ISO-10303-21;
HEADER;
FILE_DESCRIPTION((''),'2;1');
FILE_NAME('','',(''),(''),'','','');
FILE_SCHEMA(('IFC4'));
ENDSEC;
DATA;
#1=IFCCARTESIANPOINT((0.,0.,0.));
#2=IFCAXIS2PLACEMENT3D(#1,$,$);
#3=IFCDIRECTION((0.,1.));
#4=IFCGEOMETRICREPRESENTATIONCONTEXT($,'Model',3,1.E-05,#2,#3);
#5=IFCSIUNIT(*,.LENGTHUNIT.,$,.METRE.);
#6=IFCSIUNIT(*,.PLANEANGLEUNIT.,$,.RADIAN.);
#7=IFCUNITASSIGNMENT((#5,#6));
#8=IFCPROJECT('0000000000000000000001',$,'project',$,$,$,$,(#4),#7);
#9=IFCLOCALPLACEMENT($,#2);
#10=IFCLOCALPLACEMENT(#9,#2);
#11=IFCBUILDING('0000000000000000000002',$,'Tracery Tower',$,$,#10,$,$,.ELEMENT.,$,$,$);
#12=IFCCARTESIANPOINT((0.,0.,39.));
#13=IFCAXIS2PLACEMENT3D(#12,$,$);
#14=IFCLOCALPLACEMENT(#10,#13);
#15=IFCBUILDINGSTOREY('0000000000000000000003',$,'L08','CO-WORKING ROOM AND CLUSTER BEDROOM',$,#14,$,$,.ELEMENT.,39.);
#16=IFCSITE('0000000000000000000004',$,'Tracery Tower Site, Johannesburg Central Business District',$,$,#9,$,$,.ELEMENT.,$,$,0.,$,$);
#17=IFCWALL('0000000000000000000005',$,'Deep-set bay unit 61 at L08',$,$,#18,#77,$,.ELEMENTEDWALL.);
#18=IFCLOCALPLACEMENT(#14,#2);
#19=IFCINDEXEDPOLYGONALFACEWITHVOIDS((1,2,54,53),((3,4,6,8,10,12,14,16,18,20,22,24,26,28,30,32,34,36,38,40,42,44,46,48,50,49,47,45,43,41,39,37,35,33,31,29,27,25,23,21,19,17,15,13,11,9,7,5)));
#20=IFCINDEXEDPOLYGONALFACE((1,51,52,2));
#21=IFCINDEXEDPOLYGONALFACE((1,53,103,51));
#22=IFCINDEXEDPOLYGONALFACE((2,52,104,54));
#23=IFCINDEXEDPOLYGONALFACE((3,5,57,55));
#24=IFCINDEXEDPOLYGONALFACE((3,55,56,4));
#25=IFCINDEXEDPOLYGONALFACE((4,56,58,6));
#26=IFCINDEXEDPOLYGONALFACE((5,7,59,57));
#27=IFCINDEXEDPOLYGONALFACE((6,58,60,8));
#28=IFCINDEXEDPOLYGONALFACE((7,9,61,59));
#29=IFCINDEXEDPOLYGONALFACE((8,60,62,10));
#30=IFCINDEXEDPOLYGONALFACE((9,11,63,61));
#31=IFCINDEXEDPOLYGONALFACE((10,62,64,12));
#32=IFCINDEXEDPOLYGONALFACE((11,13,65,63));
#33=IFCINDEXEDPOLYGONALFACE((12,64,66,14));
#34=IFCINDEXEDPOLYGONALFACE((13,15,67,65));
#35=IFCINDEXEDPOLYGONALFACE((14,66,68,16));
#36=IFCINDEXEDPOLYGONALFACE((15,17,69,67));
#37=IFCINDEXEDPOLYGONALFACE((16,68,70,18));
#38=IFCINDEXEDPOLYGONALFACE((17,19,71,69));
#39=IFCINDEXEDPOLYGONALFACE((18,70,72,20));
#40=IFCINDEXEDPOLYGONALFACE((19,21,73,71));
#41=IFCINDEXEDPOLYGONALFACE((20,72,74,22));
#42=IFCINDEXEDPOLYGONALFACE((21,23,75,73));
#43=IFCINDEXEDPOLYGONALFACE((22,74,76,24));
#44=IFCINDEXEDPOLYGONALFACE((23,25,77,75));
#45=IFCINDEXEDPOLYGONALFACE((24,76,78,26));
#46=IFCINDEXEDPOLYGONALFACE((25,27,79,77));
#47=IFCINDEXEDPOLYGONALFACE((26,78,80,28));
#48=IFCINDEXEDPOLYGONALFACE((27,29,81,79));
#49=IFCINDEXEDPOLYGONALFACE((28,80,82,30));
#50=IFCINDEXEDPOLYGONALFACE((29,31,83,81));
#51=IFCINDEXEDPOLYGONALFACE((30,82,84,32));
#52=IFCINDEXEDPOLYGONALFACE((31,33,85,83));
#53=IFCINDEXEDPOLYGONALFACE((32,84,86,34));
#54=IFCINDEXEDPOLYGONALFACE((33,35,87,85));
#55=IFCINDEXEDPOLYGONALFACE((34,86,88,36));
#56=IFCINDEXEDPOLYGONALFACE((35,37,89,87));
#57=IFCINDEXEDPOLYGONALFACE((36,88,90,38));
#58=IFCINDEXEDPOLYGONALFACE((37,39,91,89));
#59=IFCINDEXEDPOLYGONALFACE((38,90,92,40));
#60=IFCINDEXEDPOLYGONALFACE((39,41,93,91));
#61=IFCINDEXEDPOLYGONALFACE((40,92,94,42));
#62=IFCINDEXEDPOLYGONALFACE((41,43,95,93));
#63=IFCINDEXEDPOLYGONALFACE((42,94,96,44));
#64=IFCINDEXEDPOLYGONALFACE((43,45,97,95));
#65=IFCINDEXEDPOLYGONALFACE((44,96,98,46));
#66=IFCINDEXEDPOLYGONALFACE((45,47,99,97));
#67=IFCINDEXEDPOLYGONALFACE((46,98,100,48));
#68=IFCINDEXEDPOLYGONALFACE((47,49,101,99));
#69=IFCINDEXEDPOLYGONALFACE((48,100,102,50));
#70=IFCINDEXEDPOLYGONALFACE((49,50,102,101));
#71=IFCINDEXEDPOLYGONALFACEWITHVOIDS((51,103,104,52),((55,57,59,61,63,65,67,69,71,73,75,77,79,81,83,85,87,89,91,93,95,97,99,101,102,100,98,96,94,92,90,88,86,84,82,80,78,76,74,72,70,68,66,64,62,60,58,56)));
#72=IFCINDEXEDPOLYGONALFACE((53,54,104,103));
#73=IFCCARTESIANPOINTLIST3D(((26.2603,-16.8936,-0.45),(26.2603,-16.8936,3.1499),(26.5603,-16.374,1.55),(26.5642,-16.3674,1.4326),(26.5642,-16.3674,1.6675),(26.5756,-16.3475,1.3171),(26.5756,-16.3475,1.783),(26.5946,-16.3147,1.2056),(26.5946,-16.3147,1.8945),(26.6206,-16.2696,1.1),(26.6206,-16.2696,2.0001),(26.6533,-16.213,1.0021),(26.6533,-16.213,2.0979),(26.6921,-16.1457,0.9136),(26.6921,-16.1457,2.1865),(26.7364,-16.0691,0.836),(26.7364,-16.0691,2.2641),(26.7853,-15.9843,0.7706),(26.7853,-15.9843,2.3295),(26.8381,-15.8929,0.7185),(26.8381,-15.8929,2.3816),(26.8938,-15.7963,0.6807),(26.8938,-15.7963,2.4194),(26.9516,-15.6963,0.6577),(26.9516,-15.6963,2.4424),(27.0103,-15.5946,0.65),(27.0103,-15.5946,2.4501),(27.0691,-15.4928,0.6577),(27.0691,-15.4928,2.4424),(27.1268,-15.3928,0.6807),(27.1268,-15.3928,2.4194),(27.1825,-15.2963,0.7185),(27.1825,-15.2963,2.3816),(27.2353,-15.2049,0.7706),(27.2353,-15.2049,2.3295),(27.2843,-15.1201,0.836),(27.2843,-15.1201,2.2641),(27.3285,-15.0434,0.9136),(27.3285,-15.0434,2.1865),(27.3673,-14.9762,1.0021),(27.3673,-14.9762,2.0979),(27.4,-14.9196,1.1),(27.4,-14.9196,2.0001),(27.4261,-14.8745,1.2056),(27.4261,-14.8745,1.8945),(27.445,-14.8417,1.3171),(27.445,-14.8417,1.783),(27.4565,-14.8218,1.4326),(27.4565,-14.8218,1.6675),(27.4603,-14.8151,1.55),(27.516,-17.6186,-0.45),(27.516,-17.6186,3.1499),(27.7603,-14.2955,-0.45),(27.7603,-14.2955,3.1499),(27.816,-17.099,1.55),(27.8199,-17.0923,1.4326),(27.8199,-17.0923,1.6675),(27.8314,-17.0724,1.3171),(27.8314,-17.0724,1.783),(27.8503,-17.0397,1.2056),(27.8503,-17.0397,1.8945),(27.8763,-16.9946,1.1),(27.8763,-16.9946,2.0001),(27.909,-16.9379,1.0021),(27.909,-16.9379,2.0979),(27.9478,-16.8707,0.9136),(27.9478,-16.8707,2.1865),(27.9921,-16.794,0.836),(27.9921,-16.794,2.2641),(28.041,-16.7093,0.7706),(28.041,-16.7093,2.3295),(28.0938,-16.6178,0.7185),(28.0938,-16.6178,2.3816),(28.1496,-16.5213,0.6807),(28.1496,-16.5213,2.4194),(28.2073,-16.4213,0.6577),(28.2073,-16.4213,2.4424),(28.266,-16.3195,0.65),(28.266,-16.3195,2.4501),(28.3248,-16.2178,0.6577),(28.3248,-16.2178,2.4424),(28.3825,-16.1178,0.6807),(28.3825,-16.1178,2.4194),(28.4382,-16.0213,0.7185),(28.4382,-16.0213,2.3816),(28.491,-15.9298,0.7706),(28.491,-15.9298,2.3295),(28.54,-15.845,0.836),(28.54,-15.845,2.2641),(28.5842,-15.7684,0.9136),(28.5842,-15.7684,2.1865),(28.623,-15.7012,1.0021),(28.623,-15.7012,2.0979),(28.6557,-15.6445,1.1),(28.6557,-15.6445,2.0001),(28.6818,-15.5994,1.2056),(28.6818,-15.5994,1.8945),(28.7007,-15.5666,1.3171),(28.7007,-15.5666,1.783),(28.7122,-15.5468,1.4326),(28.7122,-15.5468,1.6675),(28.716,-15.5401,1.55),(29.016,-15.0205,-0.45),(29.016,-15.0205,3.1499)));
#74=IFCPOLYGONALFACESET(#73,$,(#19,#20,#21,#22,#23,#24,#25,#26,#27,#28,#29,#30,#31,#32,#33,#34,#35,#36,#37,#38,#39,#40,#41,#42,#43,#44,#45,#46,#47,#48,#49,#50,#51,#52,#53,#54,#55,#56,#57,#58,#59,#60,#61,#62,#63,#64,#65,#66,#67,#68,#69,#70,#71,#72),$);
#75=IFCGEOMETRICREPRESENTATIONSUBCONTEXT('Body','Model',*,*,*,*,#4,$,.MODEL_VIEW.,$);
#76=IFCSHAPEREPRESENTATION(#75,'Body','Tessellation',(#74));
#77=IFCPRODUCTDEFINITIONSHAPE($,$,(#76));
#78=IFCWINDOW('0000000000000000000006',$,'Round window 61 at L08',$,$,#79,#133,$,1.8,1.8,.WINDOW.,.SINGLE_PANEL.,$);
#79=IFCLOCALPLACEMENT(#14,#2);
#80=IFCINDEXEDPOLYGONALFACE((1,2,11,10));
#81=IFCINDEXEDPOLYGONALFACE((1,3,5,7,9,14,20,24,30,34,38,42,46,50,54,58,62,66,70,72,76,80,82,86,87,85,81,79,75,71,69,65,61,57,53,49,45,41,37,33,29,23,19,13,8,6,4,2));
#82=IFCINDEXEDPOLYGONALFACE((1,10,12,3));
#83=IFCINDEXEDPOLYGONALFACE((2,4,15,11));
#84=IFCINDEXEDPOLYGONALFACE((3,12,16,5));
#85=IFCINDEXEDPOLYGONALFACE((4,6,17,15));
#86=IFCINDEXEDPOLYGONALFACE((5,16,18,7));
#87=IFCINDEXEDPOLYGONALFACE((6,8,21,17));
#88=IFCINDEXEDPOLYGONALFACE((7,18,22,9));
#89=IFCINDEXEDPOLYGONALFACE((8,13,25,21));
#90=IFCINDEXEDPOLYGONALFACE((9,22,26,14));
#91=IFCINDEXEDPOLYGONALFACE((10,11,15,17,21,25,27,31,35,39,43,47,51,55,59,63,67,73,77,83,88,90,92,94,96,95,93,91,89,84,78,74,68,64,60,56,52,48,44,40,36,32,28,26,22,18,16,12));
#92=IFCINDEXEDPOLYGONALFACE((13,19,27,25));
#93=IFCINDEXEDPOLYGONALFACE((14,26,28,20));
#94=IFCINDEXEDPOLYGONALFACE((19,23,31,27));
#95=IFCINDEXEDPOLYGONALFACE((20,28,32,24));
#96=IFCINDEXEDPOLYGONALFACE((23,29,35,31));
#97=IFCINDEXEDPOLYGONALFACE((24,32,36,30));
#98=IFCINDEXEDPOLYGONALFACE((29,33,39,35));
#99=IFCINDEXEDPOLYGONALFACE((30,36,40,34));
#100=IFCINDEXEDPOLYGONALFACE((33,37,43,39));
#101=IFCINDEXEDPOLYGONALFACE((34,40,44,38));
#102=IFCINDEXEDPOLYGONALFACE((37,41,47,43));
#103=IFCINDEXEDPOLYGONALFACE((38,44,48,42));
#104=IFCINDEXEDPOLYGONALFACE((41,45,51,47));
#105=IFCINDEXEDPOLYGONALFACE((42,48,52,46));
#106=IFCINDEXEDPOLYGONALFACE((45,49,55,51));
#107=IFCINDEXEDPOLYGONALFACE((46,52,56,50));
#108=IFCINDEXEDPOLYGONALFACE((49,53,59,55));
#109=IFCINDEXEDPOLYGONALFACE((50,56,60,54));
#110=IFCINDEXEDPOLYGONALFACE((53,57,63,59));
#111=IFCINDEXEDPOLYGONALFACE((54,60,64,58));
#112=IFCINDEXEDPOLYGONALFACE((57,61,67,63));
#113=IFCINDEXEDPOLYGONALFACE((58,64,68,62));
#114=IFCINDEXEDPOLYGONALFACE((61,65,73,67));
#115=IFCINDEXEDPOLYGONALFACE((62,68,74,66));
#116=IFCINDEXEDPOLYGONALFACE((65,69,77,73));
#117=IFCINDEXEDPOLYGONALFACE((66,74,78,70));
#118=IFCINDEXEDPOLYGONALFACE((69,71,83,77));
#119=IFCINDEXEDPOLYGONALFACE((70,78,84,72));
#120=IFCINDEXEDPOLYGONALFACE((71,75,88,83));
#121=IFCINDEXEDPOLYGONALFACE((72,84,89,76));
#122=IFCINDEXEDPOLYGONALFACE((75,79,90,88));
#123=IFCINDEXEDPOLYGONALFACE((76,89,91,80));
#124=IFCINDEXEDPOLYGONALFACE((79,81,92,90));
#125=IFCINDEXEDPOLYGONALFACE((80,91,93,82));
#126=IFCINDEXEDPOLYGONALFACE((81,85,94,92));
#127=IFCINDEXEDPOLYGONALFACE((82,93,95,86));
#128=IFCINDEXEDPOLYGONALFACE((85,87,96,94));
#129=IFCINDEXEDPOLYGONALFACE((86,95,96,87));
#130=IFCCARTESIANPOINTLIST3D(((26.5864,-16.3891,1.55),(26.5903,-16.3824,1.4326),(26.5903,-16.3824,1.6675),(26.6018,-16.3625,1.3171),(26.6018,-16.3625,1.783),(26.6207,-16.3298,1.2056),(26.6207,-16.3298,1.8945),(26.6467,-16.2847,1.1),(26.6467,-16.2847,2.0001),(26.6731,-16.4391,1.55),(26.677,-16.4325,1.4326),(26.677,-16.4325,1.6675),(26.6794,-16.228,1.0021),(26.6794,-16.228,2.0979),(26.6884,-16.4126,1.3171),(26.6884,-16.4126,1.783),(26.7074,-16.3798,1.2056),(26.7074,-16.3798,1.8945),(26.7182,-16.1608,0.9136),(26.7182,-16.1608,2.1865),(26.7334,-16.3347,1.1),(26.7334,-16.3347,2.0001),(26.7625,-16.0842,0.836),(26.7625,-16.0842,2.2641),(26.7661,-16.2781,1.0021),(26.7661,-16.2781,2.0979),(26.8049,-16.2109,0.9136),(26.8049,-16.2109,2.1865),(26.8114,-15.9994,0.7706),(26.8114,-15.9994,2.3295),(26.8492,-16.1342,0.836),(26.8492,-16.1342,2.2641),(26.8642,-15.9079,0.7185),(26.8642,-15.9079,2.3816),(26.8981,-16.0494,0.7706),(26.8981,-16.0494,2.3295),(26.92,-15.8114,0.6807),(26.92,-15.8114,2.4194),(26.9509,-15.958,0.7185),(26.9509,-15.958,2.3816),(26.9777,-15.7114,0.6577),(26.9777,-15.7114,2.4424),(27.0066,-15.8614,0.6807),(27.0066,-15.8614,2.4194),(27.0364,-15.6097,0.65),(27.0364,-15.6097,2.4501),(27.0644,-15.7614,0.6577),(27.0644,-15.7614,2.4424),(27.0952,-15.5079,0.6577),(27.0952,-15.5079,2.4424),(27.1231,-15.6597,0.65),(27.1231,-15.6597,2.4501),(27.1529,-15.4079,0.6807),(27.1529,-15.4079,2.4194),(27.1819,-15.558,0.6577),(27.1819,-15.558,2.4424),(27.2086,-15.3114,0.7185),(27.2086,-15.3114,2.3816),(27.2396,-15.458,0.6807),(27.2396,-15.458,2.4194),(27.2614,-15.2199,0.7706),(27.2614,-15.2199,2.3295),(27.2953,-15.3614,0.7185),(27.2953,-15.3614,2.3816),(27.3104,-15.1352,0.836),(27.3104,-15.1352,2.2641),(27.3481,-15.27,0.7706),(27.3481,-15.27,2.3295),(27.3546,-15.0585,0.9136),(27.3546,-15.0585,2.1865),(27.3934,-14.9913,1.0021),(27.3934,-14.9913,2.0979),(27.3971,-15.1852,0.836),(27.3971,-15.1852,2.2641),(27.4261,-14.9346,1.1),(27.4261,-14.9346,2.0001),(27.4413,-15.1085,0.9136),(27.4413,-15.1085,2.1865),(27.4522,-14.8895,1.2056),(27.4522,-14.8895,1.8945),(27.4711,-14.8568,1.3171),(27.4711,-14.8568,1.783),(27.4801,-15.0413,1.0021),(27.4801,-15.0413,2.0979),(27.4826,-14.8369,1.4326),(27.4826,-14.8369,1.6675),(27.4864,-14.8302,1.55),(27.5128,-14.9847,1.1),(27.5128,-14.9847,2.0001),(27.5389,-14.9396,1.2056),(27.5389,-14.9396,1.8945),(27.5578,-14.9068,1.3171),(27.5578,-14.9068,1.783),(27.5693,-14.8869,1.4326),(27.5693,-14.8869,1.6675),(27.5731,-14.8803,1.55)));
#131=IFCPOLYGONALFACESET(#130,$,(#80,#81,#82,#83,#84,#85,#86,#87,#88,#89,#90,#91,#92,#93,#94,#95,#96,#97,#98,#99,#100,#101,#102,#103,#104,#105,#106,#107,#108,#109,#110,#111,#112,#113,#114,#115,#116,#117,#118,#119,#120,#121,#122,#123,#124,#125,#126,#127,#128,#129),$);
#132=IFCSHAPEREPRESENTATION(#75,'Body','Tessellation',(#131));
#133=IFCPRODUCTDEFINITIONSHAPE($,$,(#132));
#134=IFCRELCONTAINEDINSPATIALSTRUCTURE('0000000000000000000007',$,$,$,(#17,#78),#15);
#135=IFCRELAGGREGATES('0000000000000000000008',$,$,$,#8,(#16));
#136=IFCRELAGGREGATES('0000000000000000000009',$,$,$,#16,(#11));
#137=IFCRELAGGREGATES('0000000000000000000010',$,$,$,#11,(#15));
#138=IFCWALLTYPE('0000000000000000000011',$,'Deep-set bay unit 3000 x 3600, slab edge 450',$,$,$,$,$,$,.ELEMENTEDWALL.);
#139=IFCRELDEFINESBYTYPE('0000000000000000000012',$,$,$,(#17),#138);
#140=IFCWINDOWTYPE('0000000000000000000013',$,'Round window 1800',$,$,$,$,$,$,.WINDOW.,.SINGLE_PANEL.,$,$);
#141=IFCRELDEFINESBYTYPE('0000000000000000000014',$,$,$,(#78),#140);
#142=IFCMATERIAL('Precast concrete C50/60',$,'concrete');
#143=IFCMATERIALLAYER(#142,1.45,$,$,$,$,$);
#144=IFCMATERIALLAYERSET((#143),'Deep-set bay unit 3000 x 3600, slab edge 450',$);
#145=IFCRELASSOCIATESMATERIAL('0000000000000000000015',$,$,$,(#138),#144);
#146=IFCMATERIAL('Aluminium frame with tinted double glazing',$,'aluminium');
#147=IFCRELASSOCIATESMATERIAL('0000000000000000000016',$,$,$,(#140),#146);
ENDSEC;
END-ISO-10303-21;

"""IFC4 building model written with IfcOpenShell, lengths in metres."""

from ifc_helpers import new_model, si_unit, direction, frame, frame_2d, origin, origin_2d, place, context, subcontext, project, spatial, rectangle, circle, extrude, material, layer, layer_set, type_object, element, fill, save


model = new_model("IFC4")

# Units and contexts
model_context = context("Model", 3, precision=1e-05, world=origin(), true_north=direction((0.0, 1.0)))
body_context = subcontext(model_context, "Body", "Model", "MODEL_VIEW")
ifc_project = project(units=[si_unit("LENGTHUNIT", "METRE"), si_unit("PLANEANGLEUNIT", "RADIAN")], contexts=[model_context])

# Site, building, storey
site_placement = place(None, origin())
site = spatial("IfcSite", under=ifc_project, at=site_placement, Name="Tracery Tower Site, Johannesburg Central Business District", CompositionType="ELEMENT", RefElevation=0.0)
building_placement = place(site_placement, origin())
building = spatial("IfcBuilding", under=site, at=building_placement, Name="Tracery Tower", CompositionType="ELEMENT")
storey_placement = place(building_placement, frame((0.0, 0.0, 39.0)))
storey = spatial("IfcBuildingStorey", under=building, at=storey_placement, Name="L08", Description="CO-WORKING ROOM AND CLUSTER BEDROOM", CompositionType="ELEMENT", Elevation=39.0)

# Wall, opening, window
ifc_material_1 = material(Name="Precast concrete C50/60", Category="concrete")
ifc_layer_1 = layer(ifc_material_1, 1.45)
ifc_layer_set_1 = layer_set([ifc_layer_1], Name="Deep-set bay unit 3000 x 3600, slab edge 450")
wall_type_1 = type_object("IfcWallType", Name="Deep-set bay unit 3000 x 3600, slab edge 450", PredefinedType="ELEMENTEDWALL", material=ifc_layer_set_1)
wall_1_placement = place(storey_placement, frame((26.8882, -17.2561, -0.45), z_axis=(0.0, 0.0, 1.0), x_axis=(0.49999, 0.866031, 0.0)))
wall_1 = element("IfcWall", 1, at=wall_1_placement, inside=storey, type_object=wall_type_1, Name="Deep-set bay unit 61 at L08", PredefinedType="ELEMENTEDWALL", context=body_context, shape_type="SweptSolid", body=[
    extrude(rectangle(XDim=3.0, YDim=1.45, at=frame_2d((1.5, 0.0))), origin(), (0.0, 0.0, 1.0), 3.5999),
])
opening_1_placement = place(wall_1_placement, frame((1.5, 0.0, 2.0)))
opening_1 = element("IfcOpeningElement", 2, at=opening_1_placement, cuts=wall_1, PredefinedType="OPENING", context=body_context, shape_type="SweptSolid", body=[
    extrude(circle(Radius=0.9, at=origin_2d()), frame((0.0, 0.7349, 0.0), z_axis=(0.0, -1.0, 0.0), x_axis=(1.0, 0.0, 0.0)), (0.0, 0.0, 1.0), 1.47),
])
ifc_material_2 = material(Name="Aluminium frame with tinted double glazing", Category="aluminium")
window_type = type_object("IfcWindowType", Name="Round window 1800", PartitioningType="SINGLE_PANEL", PredefinedType="WINDOW", material=ifc_material_2)
window_1_placement = place(opening_1_placement, origin())
window_1 = element("IfcWindow", 3, at=window_1_placement, inside=storey, type_object=window_type, Name="Round window 61 at L08", OverallHeight=1.8, OverallWidth=1.8, PartitioningType="SINGLE_PANEL", PredefinedType="WINDOW", context=body_context, shape_type="SweptSolid", body=[
    extrude(circle(Radius=0.9, at=origin_2d()), frame((0.0, 0.6948, 0.0), z_axis=(0.0, -1.0, 0.0), x_axis=(1.0, 0.0, 0.0)), (0.0, 0.0, 1.0), 0.1001),
])
fill(opening_1, window_1)

save(model, "model.ifc")
